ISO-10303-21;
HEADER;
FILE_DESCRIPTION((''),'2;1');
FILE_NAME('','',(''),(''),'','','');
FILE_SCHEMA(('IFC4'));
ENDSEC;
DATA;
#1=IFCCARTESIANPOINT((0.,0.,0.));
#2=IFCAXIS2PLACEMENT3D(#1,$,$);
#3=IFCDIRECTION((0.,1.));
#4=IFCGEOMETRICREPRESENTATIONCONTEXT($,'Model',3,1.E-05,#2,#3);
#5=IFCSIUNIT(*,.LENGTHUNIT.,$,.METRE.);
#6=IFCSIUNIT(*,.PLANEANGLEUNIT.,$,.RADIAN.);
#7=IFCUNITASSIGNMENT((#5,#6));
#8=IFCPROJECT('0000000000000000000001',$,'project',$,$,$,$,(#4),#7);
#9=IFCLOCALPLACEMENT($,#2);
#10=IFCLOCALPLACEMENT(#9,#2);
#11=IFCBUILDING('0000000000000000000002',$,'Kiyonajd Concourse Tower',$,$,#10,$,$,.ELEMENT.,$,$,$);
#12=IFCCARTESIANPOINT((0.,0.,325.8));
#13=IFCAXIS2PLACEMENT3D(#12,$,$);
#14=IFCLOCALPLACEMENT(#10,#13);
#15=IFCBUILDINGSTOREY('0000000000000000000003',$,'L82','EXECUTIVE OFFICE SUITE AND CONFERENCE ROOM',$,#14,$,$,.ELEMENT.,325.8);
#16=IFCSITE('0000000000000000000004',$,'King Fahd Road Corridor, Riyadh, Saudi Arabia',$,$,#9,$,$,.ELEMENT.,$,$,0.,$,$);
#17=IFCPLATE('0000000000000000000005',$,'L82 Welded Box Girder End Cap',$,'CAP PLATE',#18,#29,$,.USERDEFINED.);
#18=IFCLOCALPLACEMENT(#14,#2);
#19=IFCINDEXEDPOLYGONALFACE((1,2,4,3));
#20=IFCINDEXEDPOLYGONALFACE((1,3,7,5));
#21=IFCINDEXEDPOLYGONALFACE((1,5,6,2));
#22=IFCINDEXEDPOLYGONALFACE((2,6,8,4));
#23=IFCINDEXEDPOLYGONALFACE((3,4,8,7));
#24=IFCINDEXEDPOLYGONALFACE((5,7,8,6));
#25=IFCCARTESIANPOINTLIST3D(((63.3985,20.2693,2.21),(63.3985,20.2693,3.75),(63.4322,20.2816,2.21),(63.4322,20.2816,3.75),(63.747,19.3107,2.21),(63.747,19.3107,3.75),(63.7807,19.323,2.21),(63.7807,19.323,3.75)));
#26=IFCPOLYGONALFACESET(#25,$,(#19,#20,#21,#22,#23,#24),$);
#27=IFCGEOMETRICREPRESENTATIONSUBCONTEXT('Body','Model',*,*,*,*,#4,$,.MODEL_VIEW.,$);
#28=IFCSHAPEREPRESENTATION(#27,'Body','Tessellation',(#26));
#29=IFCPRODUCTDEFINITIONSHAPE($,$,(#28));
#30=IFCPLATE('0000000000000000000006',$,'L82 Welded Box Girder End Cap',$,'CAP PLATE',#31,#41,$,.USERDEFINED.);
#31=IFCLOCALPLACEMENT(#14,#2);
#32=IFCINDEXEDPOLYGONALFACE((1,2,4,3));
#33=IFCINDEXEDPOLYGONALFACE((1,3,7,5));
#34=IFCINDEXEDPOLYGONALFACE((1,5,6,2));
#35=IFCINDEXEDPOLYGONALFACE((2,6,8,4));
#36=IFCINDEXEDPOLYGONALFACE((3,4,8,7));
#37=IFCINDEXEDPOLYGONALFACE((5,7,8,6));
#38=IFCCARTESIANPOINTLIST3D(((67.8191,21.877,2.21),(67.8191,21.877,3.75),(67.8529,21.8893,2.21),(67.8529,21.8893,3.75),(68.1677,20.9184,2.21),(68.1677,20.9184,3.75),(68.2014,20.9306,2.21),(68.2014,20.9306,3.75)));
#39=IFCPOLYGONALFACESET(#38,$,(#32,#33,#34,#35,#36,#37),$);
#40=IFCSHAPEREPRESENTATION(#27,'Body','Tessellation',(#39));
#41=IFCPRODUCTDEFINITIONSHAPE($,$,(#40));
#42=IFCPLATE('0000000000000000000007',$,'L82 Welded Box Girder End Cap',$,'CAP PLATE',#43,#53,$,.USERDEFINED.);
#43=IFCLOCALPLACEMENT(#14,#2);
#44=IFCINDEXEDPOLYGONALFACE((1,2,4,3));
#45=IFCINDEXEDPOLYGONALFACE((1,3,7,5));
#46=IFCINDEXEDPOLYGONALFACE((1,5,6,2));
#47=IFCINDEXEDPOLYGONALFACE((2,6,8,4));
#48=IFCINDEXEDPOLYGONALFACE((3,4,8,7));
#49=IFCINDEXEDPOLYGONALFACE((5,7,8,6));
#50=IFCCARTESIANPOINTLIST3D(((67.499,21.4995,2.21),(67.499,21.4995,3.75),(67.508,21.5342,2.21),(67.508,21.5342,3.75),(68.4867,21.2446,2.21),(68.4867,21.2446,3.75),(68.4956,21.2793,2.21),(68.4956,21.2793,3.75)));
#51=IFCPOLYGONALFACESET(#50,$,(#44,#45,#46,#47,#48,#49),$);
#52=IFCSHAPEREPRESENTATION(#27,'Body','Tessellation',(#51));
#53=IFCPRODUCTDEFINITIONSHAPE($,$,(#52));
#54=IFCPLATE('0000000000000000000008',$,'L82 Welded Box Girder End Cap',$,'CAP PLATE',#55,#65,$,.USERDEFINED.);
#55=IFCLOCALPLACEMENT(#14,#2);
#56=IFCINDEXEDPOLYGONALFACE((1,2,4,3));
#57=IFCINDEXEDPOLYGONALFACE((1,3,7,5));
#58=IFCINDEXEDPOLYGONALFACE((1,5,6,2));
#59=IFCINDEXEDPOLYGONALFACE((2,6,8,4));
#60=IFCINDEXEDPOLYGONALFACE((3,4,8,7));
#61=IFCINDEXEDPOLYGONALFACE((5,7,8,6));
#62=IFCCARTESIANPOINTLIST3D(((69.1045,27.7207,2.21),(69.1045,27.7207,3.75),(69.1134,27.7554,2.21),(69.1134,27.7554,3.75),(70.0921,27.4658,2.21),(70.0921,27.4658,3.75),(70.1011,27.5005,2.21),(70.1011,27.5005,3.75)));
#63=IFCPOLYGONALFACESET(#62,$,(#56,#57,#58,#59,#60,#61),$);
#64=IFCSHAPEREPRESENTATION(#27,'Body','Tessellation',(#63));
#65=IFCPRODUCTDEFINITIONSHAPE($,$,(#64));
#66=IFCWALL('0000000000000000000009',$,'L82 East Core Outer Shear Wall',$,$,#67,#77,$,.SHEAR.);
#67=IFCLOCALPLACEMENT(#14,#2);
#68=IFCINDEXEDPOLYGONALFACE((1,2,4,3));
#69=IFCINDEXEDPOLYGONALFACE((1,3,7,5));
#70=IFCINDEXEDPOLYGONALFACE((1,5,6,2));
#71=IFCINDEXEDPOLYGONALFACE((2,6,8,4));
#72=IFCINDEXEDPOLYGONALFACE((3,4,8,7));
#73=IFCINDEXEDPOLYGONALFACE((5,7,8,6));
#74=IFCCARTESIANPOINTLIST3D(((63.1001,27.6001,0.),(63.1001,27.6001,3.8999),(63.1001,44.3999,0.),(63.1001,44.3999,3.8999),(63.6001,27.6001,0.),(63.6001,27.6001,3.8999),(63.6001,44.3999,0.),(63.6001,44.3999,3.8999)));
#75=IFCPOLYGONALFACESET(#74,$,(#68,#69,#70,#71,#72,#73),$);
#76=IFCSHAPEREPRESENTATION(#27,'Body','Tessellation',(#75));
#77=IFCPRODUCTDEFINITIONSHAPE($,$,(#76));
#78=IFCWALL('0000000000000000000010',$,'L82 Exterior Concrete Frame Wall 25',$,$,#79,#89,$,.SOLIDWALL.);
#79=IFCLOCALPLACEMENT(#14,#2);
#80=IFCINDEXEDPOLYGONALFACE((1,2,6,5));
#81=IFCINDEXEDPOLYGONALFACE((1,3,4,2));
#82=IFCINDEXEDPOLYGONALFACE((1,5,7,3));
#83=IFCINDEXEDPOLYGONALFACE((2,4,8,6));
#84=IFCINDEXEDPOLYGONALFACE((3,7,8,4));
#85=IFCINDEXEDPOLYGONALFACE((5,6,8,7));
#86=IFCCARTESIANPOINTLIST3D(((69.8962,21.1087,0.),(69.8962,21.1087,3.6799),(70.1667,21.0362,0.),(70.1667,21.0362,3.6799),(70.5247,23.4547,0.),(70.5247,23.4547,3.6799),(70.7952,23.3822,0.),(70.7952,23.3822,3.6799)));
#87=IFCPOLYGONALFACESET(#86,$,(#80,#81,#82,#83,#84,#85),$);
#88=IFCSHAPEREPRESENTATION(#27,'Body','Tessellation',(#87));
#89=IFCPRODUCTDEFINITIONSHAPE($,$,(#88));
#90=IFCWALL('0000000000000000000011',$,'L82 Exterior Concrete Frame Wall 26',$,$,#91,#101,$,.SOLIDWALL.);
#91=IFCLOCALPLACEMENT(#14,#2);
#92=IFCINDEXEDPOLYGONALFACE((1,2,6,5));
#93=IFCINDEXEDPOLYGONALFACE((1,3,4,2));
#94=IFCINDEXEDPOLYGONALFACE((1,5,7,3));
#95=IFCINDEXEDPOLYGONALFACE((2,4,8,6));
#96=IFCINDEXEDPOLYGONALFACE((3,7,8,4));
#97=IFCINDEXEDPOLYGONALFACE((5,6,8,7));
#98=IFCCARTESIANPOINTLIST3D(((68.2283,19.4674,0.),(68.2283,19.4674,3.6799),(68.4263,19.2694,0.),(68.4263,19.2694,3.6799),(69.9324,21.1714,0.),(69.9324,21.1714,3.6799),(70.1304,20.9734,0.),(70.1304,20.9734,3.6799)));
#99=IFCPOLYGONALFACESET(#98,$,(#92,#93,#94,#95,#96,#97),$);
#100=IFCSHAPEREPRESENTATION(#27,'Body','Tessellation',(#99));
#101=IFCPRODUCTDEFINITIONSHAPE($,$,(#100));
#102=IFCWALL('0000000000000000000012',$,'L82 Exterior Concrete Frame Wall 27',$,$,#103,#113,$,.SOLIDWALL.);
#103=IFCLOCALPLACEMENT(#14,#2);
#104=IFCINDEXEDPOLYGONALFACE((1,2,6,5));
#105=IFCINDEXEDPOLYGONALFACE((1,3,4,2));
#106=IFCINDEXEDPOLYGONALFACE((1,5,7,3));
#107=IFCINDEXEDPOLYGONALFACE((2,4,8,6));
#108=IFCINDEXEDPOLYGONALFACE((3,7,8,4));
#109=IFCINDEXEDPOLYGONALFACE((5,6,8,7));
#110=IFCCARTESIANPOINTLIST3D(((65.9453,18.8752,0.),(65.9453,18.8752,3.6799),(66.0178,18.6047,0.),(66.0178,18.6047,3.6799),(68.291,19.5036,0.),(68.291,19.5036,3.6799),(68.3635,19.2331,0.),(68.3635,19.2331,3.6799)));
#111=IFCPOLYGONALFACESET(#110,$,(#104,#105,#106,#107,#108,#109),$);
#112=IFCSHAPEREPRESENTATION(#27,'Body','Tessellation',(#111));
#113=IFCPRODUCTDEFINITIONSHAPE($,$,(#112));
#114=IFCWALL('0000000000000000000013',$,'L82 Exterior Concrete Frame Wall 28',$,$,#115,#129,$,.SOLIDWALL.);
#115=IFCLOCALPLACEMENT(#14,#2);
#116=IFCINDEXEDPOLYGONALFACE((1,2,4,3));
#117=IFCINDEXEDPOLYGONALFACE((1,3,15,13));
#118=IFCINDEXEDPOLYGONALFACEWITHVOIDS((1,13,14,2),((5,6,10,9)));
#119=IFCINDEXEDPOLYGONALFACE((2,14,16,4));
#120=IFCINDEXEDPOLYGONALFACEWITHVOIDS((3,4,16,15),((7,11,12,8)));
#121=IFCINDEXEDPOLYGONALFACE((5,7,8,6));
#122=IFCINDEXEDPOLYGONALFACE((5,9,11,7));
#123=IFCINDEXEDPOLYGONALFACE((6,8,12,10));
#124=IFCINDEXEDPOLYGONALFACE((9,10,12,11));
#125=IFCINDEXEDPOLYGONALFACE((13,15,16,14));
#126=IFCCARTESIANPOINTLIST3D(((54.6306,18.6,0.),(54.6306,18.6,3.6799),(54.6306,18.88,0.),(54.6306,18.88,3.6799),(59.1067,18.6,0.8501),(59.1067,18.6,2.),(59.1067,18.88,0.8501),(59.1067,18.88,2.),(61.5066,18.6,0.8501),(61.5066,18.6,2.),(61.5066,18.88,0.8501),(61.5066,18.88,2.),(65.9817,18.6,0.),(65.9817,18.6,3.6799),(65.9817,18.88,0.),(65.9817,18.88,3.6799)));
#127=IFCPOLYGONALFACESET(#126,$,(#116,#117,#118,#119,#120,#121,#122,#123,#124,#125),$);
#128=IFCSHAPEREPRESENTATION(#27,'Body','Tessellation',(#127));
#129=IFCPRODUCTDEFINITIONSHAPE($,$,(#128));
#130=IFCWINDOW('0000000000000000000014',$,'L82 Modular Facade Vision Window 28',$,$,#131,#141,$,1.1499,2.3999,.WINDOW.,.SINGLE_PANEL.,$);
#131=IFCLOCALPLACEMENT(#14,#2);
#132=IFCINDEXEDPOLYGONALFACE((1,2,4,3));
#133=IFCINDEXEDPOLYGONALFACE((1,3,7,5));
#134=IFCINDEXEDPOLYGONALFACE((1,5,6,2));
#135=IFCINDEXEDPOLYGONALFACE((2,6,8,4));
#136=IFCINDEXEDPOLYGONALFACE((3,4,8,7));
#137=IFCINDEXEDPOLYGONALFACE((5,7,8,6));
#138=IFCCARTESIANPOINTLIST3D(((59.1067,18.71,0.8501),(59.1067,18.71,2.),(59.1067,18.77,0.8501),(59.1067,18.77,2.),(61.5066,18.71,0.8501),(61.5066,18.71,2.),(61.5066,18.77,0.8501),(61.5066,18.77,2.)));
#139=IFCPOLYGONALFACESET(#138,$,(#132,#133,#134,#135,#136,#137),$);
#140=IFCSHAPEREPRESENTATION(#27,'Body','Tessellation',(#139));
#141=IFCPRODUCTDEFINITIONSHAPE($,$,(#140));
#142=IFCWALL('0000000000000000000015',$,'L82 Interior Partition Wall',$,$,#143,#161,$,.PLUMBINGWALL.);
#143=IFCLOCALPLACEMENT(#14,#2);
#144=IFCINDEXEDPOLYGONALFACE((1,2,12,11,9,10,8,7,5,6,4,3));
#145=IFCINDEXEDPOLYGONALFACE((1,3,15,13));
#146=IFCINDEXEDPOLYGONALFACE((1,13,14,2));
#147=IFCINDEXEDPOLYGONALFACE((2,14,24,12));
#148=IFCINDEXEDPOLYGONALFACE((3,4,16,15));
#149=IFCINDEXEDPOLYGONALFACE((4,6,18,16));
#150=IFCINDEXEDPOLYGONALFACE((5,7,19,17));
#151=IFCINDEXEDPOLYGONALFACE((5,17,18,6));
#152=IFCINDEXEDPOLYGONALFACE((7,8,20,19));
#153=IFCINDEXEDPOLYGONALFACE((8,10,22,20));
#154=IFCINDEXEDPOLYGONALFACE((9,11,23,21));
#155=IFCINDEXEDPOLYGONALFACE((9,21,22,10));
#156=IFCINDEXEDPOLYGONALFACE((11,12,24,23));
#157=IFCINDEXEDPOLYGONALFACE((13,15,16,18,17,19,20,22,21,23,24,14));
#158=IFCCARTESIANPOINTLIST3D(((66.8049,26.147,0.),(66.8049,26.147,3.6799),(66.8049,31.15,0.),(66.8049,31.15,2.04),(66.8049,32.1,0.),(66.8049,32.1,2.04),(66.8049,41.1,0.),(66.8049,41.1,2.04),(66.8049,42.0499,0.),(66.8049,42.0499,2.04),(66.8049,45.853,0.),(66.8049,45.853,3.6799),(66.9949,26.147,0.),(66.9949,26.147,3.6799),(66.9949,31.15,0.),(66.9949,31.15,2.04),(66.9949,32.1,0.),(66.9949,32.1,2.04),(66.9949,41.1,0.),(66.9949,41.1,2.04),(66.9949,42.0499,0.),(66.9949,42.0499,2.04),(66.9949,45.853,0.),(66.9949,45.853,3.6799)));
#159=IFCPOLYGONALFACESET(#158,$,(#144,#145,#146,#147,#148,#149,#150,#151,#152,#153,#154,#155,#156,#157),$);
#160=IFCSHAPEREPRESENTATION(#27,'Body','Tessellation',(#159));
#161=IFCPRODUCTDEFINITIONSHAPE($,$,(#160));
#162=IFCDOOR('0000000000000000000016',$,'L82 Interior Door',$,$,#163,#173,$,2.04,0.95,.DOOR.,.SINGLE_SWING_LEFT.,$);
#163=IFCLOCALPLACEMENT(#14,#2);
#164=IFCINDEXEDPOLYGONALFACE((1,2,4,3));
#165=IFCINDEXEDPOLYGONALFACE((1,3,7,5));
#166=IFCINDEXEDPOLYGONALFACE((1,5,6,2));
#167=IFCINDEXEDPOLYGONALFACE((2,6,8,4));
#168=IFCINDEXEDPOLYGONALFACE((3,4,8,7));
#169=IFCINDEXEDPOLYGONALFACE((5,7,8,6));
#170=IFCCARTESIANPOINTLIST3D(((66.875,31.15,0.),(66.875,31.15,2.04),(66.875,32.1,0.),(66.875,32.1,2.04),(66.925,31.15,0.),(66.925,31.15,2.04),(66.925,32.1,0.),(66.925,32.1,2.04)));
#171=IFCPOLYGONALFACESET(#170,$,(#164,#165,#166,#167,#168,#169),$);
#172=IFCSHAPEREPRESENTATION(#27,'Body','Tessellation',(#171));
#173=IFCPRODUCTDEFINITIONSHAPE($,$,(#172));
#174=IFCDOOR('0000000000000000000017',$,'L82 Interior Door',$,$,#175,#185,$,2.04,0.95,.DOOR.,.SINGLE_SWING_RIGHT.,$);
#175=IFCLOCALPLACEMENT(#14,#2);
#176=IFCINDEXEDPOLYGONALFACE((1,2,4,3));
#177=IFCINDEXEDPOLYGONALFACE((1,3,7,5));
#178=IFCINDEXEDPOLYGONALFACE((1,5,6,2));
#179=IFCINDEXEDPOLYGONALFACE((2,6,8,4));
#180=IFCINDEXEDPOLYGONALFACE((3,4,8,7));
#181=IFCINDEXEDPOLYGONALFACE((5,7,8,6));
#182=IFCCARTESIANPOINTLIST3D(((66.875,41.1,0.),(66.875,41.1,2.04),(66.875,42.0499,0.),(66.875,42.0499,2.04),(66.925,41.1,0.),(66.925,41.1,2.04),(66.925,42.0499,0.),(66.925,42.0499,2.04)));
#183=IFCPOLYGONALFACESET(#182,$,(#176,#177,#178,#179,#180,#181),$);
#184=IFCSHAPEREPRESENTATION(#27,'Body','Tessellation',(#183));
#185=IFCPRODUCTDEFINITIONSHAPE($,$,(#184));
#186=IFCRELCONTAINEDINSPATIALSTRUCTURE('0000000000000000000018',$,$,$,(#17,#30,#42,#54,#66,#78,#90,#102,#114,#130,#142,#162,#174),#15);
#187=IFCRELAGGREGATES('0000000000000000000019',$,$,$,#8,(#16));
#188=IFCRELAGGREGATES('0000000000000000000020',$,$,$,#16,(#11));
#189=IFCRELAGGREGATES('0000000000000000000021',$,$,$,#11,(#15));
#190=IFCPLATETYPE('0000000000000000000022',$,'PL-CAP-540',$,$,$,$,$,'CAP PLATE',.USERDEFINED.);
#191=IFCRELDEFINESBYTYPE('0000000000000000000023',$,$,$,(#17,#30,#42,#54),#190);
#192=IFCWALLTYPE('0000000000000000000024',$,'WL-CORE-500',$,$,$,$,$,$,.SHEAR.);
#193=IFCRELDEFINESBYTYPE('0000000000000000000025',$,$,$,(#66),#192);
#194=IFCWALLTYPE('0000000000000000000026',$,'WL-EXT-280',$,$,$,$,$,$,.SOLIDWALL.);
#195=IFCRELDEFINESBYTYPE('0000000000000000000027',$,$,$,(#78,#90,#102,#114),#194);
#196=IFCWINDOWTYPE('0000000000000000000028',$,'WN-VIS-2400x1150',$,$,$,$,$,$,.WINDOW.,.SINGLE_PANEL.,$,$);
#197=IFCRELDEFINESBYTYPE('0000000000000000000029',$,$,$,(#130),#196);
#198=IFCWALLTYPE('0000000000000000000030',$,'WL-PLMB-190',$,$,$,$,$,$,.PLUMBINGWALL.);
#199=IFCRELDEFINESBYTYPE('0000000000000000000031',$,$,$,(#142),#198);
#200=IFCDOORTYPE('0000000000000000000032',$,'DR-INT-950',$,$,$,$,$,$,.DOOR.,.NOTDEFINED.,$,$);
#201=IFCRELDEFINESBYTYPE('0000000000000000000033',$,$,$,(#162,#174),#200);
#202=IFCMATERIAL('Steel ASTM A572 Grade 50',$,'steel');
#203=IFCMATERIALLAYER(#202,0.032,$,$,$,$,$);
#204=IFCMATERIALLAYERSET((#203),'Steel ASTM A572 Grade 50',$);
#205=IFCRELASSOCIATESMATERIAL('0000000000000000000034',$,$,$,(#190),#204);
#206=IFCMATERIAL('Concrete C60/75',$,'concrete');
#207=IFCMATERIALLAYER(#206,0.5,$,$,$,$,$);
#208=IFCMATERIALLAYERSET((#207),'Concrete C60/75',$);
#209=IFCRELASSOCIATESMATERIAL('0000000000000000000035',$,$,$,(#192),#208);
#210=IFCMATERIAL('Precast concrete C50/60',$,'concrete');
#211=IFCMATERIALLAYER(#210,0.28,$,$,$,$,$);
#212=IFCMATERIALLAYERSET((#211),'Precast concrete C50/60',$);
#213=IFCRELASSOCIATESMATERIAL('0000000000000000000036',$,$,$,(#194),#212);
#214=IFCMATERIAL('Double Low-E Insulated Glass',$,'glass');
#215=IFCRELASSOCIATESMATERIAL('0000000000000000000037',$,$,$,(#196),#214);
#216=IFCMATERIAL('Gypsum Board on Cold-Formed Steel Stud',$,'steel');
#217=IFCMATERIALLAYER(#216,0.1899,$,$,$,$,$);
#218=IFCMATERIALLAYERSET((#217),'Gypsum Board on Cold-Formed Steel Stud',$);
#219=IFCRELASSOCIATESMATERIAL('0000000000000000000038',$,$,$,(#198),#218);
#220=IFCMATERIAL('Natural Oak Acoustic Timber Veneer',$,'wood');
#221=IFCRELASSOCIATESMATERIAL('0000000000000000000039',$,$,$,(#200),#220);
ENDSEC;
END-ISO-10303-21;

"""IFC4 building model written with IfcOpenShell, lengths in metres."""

from ifc_helpers import new_model, si_unit, direction, frame, frame_2d, origin, origin_2d, place, context, subcontext, project, spatial, rectangle, extrude, material, layer, layer_set, type_object, element, fill, save


model = new_model("IFC4")

# Units and contexts
model_context = context("Model", 3, precision=1e-05, world=origin(), true_north=direction((0.0, 1.0)))
body_context = subcontext(model_context, "Body", "Model", "MODEL_VIEW")
ifc_project = project(units=[si_unit("LENGTHUNIT", "METRE"), si_unit("PLANEANGLEUNIT", "RADIAN")], contexts=[model_context])

# Site, building, storey
site_placement = place(None, origin())
site = spatial("IfcSite", under=ifc_project, at=site_placement, Name="King Fahd Road Corridor, Riyadh, Saudi Arabia", CompositionType="ELEMENT", RefElevation=0.0)
building_placement = place(site_placement, origin())
building = spatial("IfcBuilding", under=site, at=building_placement, Name="Kiyonajd Concourse Tower", CompositionType="ELEMENT")
storey_placement = place(building_placement, frame((0.0, 0.0, 325.8)))
storey = spatial("IfcBuildingStorey", under=building, at=storey_placement, Name="L82", Description="EXECUTIVE OFFICE SUITE AND CONFERENCE ROOM", CompositionType="ELEMENT", Elevation=325.8)

# Shared definitions
ifc_material_1 = material(Name="Concrete C60/75", Category="concrete")

# Shared definitions
ifc_material_2 = material(Name="Steel ASTM A572 Grade 50", Category="steel")

# Plates
ifc_layer_1 = layer(ifc_material_2, 0.032)
ifc_layer_set_1 = layer_set([ifc_layer_1], Name="Steel ASTM A572 Grade 50")
plate_type = type_object("IfcPlateType", Name="PL-CAP-540", ElementType="CAP PLATE", PredefinedType="USERDEFINED", material=ifc_layer_set_1)
for number, where, z_axis, x_axis, name in (
    (1, (63.5896, 19.7961, 2.21), (0.0, 0.0, 1.0), (-0.939812, -0.341692, 0.0), "L82 Welded Box Girder End Cap"),
    (2, (68.0103, 21.4038, 2.21), (0.0, 0.0, 1.0), (0.939812, 0.341692, 0.0), "L82 Welded Box Girder End Cap"),
    (3, (67.9973, 21.3894, 2.21), (0.0, 0.0, 1.0), (-0.249873, -0.968279, 0.0), "L82 Welded Box Girder End Cap"),
    (4, (69.6028, 27.6106, 2.21), (0.0, 0.0, 1.0), (0.249873, 0.968279, 0.0), "L82 Welded Box Girder End Cap"),
):
    element("IfcPlate", number, at=place(storey_placement, frame(where, z_axis=z_axis, x_axis=x_axis)), inside=storey, type_object=plate_type, Name=name, ObjectType="CAP PLATE", PredefinedType="USERDEFINED", context=body_context, shape_type="SweptSolid", body=[
        extrude(rectangle(XDim=0.0359, YDim=1.02, at=origin_2d()), origin(), (0.0, 0.0, 1.0), 1.54),
    ])

# Walls
ifc_layer_2 = layer(ifc_material_1, 0.5)
ifc_layer_set_2 = layer_set([ifc_layer_2], Name="Concrete C60/75")
wall_type_1 = type_object("IfcWallType", Name="WL-CORE-500", PredefinedType="SHEAR", material=ifc_layer_set_2)
wall_1_placement = place(storey_placement, frame((63.3501, 27.6001, 0.0), z_axis=(0.0, 0.0, 1.0), x_axis=(0.0, 1.0, 0.0)))
element("IfcWall", 5, at=wall_1_placement, inside=storey, type_object=wall_type_1, Name="L82 East Core Outer Shear Wall", PredefinedType="SHEAR", context=body_context, shape_type="SweptSolid", body=[
    extrude(rectangle(XDim=16.7998, YDim=0.5, at=frame_2d((8.3999, 0.0))), origin(), (0.0, 0.0, 1.0), 3.8999),
])
ifc_material_3 = material(Name="Precast concrete C50/60", Category="concrete")
ifc_layer_3 = layer(ifc_material_3, 0.28)
ifc_layer_set_3 = layer_set([ifc_layer_3], Name="Precast concrete C50/60")
wall_type_2 = type_object("IfcWallType", Name="WL-EXT-280", PredefinedType="SOLIDWALL", material=ifc_layer_set_3)
wall_2_placement = place(storey_placement, frame((70.6599, 23.4185, 0.0), z_axis=(0.0, 0.0, 1.0), x_axis=(-0.258751, -0.965944, 0.0)))
element("IfcWall", 6, at=wall_2_placement, inside=storey, type_object=wall_type_2, Name="L82 Exterior Concrete Frame Wall 25", PredefinedType="SOLIDWALL", context=body_context, shape_type="SweptSolid", body=[
    extrude(rectangle(XDim=2.4287, YDim=0.28, at=frame_2d((1.2144, 0.0))), origin(), (0.0, 0.0, 1.0), 3.6799),
])
wall_3_placement = place(storey_placement, frame((70.0315, 21.0725, 0.0), z_axis=(0.0, 0.0, 1.0), x_axis=(-0.707107, -0.707107, 0.0)))
element("IfcWall", 7, at=wall_3_placement, inside=storey, type_object=wall_type_2, Name="L82 Exterior Concrete Frame Wall 26", PredefinedType="SOLIDWALL", context=body_context, shape_type="SweptSolid", body=[
    extrude(rectangle(XDim=2.4099, YDim=0.28, at=frame_2d((1.2051, 0.0))), origin(), (0.0, 0.0, 1.0), 3.6799),
])
wall_4_placement = place(storey_placement, frame((68.3274, 19.3684, 0.0), z_axis=(0.0, 0.0, 1.0), x_axis=(-0.965937, -0.258776, 0.0)))
element("IfcWall", 8, at=wall_4_placement, inside=storey, type_object=wall_type_2, Name="L82 Exterior Concrete Frame Wall 27", PredefinedType="SOLIDWALL", context=body_context, shape_type="SweptSolid", body=[
    extrude(rectangle(XDim=2.4285, YDim=0.28, at=frame_2d((1.2144, 0.0))), origin(), (0.0, 0.0, 1.0), 3.6799),
])

# Wall, opening, window
wall_5_placement = place(storey_placement, frame((65.9817, 18.74, 0.0), z_axis=(0.0, 0.0, 1.0), x_axis=(-1.0, 0.0, 0.0)))
wall_5 = element("IfcWall", 9, at=wall_5_placement, inside=storey, type_object=wall_type_2, Name="L82 Exterior Concrete Frame Wall 28", PredefinedType="SOLIDWALL", context=body_context, shape_type="SweptSolid", body=[
    extrude(rectangle(XDim=11.3511, YDim=0.28, at=frame_2d((5.6755, 0.0))), origin(), (0.0, 0.0, 1.0), 3.6799),
])
opening_1_placement = place(wall_5_placement, frame((4.4751, 0.0, 0.8501)))
opening_1 = element("IfcOpeningElement", 10, at=opening_1_placement, cuts=wall_5, PredefinedType="OPENING", context=body_context, shape_type="SweptSolid", body=[
    extrude(rectangle(XDim=2.3999, YDim=1.1499, at=frame_2d((1.2, 0.575))), frame((0.0, 0.1499, 0.0), z_axis=(0.0, -1.0, 0.0), x_axis=(1.0, 0.0, 0.0)), (0.0, 0.0, 1.0), 0.3),
])
ifc_material_4 = material(Name="Double Low-E Insulated Glass", Category="glass")
window_type = type_object("IfcWindowType", Name="WN-VIS-2400x1150", PartitioningType="SINGLE_PANEL", PredefinedType="WINDOW", material=ifc_material_4)
window_placement = place(opening_1_placement, origin())
window = element("IfcWindow", 11, at=window_placement, inside=storey, type_object=window_type, Name="L82 Modular Facade Vision Window 28", OverallHeight=1.1499, OverallWidth=2.3999, PartitioningType="SINGLE_PANEL", PredefinedType="WINDOW", context=body_context, shape_type="SweptSolid", body=[
    extrude(rectangle(XDim=2.3999, YDim=1.1499, at=frame_2d((1.2, 0.575))), frame((0.0, 0.03, 0.0), z_axis=(0.0, -1.0, 0.0), x_axis=(1.0, 0.0, 0.0)), (0.0, 0.0, 1.0), 0.0601),
])
fill(opening_1, window)

# Wall, openings, doors
ifc_material_5 = material(Name="Gypsum Board on Cold-Formed Steel Stud", Category="steel")
ifc_layer_4 = layer(ifc_material_5, 0.1899)
ifc_layer_set_4 = layer_set([ifc_layer_4], Name="Gypsum Board on Cold-Formed Steel Stud")
wall_type_3 = type_object("IfcWallType", Name="WL-PLMB-190", PredefinedType="PLUMBINGWALL", material=ifc_layer_set_4)
wall_6_placement = place(storey_placement, frame((66.8999, 26.147, 0.0), z_axis=(0.0, 0.0, 1.0), x_axis=(0.0, 1.0, 0.0)))
wall_6 = element("IfcWall", 12, at=wall_6_placement, inside=storey, type_object=wall_type_3, Name="L82 Interior Partition Wall", PredefinedType="PLUMBINGWALL", context=body_context, shape_type="SweptSolid", body=[
    extrude(rectangle(XDim=19.7061, YDim=0.1899, at=frame_2d((9.853, 0.0))), origin(), (0.0, 0.0, 1.0), 3.6799),
])
opening_2_placement = place(wall_6_placement, frame((5.0029, 0.0, 0.0)))
opening_2 = element("IfcOpeningElement", 13, at=opening_2_placement, cuts=wall_6, PredefinedType="OPENING", context=body_context, shape_type="SweptSolid", body=[
    extrude(rectangle(XDim=0.95, YDim=2.04, at=frame_2d((0.4751, 1.02))), frame((0.0, 0.105, 0.0), z_axis=(0.0, -1.0, 0.0), x_axis=(1.0, 0.0, 0.0)), (0.0, 0.0, 1.0), 0.21),
])
opening_3_placement = place(wall_6_placement, frame((14.9529, 0.0, 0.0)))
opening_3 = element("IfcOpeningElement", 14, at=opening_3_placement, cuts=wall_6, PredefinedType="OPENING", context=body_context, shape_type="SweptSolid", body=[
    extrude(rectangle(XDim=0.95, YDim=2.04, at=frame_2d((0.4751, 1.02))), frame((0.0, 0.105, 0.0), z_axis=(0.0, -1.0, 0.0), x_axis=(1.0, 0.0, 0.0)), (0.0, 0.0, 1.0), 0.21),
])
ifc_material_6 = material(Name="Natural Oak Acoustic Timber Veneer", Category="wood")
door_type_1 = type_object("IfcDoorType", Name="DR-INT-950", OperationType="NOTDEFINED", PredefinedType="DOOR", material=ifc_material_6)
door_1_placement = place(opening_2_placement, origin())
door_1 = element("IfcDoor", 15, at=door_1_placement, inside=storey, type_object=door_type_1, Name="L82 Interior Door", OperationType="SINGLE_SWING_LEFT", OverallHeight=2.04, OverallWidth=0.95, PredefinedType="DOOR", context=body_context, shape_type="SweptSolid", body=[
    extrude(rectangle(XDim=0.95, YDim=2.04, at=frame_2d((0.4751, 1.02))), frame((0.0, 0.0249, 0.0), z_axis=(0.0, -1.0, 0.0), x_axis=(1.0, 0.0, 0.0)), (0.0, 0.0, 1.0), 0.05),
])
fill(opening_2, door_1)
door_2_placement = place(opening_3_placement, origin())
door_2 = element("IfcDoor", 16, at=door_2_placement, inside=storey, type_object=door_type_1, Name="L82 Interior Door", OperationType="SINGLE_SWING_RIGHT", OverallHeight=2.04, OverallWidth=0.95, PredefinedType="DOOR", context=body_context, shape_type="SweptSolid", body=[
    extrude(rectangle(XDim=0.95, YDim=2.04, at=frame_2d((0.4751, 1.02))), frame((0.0, 0.0249, 0.0), z_axis=(0.0, -1.0, 0.0), x_axis=(1.0, 0.0, 0.0)), (0.0, 0.0, 1.0), 0.05),
])
fill(opening_3, door_2)

save(model, "model.ifc")
